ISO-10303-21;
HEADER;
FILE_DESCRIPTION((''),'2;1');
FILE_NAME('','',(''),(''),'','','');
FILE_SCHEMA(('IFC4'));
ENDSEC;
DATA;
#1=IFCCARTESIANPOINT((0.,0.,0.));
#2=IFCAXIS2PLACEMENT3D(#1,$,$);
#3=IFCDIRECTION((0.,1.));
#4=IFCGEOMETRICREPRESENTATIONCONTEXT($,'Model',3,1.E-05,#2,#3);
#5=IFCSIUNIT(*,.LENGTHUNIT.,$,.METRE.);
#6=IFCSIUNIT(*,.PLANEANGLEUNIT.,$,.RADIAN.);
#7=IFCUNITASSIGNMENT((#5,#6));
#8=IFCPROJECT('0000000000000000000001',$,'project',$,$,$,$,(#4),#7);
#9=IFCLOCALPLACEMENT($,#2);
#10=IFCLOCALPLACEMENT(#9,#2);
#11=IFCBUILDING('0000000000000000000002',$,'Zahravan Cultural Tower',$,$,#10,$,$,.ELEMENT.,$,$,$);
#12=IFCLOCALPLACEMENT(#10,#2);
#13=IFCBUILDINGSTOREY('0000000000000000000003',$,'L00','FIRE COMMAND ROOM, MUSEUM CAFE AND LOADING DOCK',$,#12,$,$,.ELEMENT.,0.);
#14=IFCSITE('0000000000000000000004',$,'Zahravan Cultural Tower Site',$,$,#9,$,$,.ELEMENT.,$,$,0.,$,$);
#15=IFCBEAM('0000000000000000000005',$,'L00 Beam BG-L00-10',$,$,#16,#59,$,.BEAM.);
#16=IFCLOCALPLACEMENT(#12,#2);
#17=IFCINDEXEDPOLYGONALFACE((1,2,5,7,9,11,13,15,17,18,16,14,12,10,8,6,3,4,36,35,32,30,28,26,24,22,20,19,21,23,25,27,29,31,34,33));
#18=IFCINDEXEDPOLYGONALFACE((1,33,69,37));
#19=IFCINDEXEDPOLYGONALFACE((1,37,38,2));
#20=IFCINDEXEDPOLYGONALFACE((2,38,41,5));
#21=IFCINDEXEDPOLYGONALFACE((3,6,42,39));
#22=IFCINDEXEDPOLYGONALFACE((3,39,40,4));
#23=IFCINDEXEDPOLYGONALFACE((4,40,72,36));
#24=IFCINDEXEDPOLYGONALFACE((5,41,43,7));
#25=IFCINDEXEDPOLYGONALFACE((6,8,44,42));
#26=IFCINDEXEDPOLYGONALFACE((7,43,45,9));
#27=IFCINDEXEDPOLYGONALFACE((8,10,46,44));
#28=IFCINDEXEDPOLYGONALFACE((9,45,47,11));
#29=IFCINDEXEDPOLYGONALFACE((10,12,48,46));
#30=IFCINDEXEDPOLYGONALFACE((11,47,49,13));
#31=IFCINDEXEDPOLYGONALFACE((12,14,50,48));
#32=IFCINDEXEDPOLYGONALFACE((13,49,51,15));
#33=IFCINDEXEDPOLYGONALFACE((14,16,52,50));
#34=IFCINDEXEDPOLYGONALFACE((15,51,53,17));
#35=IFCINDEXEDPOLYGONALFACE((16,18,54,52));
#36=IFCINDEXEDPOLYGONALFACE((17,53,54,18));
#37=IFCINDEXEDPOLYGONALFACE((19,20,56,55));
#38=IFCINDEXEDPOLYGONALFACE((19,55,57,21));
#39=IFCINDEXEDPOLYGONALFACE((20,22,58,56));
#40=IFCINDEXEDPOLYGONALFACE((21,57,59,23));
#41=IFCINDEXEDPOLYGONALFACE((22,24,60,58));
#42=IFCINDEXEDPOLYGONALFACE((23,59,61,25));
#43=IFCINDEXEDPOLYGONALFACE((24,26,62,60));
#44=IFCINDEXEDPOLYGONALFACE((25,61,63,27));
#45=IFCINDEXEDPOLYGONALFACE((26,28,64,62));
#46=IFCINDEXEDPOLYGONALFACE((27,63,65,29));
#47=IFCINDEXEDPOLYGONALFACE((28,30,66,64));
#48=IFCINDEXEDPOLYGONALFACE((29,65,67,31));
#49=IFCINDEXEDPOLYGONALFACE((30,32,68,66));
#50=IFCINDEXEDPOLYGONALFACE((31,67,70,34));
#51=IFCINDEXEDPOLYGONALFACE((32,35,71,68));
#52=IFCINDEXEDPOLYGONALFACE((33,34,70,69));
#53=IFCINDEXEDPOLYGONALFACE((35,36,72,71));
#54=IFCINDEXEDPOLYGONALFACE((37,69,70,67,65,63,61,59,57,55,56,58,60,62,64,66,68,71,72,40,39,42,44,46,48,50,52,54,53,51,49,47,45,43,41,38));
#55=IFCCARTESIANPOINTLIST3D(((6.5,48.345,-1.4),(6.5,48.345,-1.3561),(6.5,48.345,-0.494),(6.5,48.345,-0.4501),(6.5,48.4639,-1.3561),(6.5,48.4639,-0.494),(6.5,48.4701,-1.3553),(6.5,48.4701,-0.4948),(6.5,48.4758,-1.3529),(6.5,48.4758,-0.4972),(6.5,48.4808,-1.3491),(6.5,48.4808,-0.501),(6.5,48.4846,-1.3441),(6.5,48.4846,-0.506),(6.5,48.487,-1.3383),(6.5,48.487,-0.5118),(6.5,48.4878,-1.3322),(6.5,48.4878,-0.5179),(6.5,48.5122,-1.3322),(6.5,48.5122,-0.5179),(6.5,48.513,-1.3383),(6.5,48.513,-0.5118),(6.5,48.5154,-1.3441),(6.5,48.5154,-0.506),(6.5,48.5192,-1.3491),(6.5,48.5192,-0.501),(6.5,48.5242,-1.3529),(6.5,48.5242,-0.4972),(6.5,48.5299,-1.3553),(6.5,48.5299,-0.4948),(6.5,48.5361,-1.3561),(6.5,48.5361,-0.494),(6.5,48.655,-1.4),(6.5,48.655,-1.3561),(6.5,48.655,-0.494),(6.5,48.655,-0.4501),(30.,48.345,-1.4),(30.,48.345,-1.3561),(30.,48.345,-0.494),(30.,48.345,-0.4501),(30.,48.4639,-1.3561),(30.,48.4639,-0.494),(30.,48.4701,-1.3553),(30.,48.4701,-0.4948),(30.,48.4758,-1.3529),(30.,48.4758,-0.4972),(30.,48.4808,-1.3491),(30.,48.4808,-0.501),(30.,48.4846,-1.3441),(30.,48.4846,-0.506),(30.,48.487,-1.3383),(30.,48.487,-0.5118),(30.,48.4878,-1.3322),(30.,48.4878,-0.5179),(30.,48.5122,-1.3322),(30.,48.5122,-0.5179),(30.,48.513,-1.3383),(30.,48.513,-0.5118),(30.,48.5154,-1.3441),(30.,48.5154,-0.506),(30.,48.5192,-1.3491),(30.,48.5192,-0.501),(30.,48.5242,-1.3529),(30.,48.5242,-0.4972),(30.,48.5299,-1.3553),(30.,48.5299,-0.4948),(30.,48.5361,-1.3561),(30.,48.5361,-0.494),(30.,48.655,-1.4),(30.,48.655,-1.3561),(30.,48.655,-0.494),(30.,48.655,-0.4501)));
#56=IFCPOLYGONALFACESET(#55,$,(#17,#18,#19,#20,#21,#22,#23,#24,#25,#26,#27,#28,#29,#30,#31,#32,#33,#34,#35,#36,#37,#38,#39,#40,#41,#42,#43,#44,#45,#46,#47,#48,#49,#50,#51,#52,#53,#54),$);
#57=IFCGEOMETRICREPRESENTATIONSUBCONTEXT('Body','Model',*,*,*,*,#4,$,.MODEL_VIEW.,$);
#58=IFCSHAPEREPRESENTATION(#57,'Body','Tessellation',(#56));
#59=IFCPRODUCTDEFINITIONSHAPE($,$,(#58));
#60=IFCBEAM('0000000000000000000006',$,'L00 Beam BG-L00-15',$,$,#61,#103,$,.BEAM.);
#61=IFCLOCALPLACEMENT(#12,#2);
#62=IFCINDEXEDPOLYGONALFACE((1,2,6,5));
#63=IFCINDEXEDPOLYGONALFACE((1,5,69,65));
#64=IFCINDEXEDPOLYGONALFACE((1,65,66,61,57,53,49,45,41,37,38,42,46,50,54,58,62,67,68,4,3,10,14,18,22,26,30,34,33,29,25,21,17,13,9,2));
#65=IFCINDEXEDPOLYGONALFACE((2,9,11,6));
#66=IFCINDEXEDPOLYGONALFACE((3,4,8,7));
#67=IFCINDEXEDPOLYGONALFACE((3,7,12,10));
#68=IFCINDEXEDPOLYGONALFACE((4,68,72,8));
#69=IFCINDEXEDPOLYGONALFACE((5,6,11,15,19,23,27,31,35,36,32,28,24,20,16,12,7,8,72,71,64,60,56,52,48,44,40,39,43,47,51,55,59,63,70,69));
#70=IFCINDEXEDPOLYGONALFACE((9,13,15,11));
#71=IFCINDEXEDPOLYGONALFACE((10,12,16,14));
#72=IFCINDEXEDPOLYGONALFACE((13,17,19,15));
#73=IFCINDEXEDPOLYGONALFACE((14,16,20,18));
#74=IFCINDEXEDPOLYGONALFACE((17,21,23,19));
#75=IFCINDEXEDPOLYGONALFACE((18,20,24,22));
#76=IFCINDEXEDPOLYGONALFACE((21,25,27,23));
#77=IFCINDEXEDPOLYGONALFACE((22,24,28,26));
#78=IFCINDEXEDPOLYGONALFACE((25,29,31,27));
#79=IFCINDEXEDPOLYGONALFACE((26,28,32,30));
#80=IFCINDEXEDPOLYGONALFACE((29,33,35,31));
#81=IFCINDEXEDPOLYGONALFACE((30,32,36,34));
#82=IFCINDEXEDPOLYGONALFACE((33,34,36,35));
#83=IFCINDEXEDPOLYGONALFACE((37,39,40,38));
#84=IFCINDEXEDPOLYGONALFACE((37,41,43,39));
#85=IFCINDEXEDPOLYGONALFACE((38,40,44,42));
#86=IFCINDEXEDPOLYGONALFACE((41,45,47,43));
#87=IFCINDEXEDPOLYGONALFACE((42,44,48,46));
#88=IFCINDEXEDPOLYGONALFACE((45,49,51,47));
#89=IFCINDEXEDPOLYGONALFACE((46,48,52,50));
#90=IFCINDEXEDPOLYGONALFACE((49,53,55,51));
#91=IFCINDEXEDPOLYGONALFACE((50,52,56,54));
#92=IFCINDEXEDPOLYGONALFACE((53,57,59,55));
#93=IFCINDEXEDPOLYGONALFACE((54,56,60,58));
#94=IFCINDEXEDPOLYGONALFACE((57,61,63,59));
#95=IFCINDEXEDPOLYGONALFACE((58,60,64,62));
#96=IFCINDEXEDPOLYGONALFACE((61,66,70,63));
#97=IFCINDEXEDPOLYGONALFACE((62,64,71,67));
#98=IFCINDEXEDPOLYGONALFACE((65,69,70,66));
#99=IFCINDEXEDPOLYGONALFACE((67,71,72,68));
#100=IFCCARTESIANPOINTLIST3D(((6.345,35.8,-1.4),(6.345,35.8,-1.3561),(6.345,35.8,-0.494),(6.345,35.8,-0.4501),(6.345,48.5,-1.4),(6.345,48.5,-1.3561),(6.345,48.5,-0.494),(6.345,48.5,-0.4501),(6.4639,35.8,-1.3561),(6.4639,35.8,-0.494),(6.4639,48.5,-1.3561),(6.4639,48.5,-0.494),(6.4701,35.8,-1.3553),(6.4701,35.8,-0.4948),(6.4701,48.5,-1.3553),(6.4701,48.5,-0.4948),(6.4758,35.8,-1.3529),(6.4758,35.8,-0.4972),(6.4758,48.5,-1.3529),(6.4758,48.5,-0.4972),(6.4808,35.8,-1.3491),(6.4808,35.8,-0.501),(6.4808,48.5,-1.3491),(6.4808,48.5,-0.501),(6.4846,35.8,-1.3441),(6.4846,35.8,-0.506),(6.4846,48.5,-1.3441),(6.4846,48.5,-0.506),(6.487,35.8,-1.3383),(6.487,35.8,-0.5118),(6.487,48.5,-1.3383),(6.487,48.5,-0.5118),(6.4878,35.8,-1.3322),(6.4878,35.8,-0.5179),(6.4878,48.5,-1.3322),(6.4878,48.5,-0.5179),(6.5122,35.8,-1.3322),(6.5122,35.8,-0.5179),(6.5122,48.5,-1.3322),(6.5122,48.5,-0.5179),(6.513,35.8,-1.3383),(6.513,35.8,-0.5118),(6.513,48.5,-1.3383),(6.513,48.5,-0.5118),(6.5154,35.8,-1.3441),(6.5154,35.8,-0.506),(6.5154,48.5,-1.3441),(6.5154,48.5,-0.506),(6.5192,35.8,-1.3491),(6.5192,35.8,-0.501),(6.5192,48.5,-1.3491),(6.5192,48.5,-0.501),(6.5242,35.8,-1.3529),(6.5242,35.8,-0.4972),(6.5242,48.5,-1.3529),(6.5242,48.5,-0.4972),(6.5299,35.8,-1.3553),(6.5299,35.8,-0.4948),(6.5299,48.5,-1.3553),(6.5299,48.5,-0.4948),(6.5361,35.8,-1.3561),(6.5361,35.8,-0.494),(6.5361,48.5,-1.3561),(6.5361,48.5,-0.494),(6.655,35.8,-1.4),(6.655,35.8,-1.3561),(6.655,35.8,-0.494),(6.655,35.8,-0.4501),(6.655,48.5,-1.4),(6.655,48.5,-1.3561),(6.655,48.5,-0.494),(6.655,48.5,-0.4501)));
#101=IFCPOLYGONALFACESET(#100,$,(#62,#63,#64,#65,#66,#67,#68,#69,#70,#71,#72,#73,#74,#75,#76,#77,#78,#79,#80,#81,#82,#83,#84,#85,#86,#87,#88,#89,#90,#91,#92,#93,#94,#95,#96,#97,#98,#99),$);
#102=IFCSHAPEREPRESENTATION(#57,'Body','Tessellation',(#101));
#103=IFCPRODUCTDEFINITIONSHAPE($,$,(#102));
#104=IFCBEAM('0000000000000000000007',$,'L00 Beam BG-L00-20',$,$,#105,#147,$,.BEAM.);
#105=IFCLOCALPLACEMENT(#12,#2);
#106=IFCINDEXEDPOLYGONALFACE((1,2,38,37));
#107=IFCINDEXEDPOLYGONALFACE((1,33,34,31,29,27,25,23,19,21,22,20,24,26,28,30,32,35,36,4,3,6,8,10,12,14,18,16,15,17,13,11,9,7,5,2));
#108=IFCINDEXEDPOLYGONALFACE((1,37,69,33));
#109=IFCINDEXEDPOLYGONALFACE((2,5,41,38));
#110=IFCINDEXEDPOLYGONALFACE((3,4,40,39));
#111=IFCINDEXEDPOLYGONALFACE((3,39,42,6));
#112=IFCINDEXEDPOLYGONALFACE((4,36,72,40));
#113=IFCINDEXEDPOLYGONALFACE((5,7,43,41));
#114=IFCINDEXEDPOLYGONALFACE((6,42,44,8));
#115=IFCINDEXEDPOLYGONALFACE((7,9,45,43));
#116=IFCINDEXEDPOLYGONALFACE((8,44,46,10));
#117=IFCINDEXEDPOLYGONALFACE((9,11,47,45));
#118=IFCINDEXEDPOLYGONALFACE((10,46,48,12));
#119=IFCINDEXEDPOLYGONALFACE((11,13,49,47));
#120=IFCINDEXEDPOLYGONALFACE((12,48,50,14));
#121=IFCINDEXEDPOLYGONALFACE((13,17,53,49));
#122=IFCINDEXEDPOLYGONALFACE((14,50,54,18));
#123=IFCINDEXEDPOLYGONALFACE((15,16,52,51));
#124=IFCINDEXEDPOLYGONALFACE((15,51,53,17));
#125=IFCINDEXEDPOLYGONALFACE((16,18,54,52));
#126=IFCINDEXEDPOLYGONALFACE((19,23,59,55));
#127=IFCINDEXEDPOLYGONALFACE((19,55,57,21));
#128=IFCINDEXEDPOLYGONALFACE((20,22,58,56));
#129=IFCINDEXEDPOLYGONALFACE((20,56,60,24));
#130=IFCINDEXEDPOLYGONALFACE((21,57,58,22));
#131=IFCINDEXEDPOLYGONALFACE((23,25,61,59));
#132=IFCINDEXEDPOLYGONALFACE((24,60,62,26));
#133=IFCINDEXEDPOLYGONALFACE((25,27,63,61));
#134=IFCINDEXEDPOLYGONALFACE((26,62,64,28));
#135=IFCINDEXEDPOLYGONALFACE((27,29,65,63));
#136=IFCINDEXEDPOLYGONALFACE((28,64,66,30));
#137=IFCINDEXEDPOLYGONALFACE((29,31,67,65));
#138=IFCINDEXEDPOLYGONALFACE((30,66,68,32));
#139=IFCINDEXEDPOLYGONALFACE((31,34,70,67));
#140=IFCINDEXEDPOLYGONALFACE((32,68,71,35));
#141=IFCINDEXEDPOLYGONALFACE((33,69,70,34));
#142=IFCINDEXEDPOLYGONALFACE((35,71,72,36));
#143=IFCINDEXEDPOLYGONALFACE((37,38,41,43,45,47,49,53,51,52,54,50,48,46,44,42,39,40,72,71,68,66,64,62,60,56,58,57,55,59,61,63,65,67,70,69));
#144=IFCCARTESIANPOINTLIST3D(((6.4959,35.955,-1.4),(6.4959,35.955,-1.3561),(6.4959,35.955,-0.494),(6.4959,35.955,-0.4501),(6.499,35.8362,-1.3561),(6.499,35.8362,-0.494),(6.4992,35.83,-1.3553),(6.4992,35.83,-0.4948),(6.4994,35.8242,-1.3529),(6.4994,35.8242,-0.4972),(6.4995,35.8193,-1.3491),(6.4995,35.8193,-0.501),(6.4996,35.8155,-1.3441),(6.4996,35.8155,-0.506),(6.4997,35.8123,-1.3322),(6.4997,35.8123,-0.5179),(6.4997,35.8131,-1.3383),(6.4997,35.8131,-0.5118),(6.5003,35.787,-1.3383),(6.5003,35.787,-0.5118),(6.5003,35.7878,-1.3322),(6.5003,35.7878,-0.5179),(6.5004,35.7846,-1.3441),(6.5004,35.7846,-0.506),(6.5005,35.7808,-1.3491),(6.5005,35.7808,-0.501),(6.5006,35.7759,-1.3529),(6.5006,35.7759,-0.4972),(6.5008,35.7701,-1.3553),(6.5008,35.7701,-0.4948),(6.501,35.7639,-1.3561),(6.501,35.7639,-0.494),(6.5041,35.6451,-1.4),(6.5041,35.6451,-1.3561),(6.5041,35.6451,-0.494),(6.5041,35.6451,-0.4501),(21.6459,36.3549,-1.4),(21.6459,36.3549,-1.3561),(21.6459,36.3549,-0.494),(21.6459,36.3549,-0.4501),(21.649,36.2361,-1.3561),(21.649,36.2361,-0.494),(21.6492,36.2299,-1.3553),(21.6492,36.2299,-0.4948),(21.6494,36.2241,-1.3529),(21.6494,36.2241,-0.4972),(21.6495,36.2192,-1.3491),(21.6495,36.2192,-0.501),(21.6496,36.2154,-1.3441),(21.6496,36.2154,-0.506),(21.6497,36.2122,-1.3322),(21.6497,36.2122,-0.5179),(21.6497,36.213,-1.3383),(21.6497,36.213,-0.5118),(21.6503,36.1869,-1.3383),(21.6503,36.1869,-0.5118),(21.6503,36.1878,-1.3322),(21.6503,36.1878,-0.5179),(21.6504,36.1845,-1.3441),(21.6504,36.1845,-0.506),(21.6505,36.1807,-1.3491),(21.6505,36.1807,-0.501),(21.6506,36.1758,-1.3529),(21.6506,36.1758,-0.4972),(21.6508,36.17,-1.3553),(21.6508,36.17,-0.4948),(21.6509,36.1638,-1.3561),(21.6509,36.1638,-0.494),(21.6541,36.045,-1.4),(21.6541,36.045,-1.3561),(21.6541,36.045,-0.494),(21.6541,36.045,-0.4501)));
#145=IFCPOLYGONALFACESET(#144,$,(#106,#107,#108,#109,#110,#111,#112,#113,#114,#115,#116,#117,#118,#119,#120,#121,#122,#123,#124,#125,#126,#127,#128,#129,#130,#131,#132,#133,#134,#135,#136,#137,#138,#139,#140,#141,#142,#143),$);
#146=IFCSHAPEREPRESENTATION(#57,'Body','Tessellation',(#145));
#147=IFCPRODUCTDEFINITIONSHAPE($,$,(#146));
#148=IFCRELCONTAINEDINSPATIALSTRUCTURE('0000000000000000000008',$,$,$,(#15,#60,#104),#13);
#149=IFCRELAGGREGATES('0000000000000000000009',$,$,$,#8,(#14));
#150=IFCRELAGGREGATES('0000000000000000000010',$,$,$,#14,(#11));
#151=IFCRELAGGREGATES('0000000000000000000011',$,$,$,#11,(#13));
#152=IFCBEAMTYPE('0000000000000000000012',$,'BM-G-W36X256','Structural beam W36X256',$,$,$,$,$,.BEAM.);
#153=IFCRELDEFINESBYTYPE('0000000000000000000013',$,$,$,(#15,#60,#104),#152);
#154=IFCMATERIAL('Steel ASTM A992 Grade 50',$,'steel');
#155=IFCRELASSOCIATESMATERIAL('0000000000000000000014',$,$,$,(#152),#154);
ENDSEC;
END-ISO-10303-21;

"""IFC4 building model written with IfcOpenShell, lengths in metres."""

from ifc_helpers import new_model, si_unit, direction, frame, origin, origin_2d, place, context, subcontext, project, spatial, i_section, extrude, source, transform, mapped, material, material_profile, profile_set, type_object, element, save


model = new_model("IFC4")

# Units and contexts
model_context = context("Model", 3, precision=1e-05, world=origin(), true_north=direction((0.0, 1.0)))
body_context = subcontext(model_context, "Body", "Model", "MODEL_VIEW")
ifc_project = project(units=[si_unit("LENGTHUNIT", "METRE"), si_unit("PLANEANGLEUNIT", "RADIAN")], contexts=[model_context])

# Site, building, storey
site_placement = place(None, origin())
site = spatial("IfcSite", under=ifc_project, at=site_placement, Name="Zahravan Cultural Tower Site", CompositionType="ELEMENT", RefElevation=0.0)
building_placement = place(site_placement, origin())
building = spatial("IfcBuilding", under=site, at=building_placement, Name="Zahravan Cultural Tower", CompositionType="ELEMENT")
storey_placement = place(building_placement, origin())
storey = spatial("IfcBuildingStorey", under=building, at=storey_placement, Name="L00", Description="FIRE COMMAND ROOM, MUSEUM CAFE AND LOADING DOCK", CompositionType="ELEMENT", Elevation=0.0)

# Beams
ifc_material_1 = material(Name="Steel ASTM A992 Grade 50", Category="steel")
ifc_material_profile_1 = material_profile(ifc_material_1, i_section(OverallWidth=0.3101, OverallDepth=0.95, WebThickness=0.0244, FlangeThickness=0.0439, FilletRadius=0.0239, at=origin_2d()), Name="W36X256")
ifc_profile_set_1 = profile_set([ifc_material_profile_1], Name="Steel ASTM A992 Grade 50")
beam_type_1 = type_object("IfcBeamType", Name="BM-G-W36X256", Description="Structural beam W36X256", PredefinedType="BEAM", material=ifc_profile_set_1)
shared_shape_1 = source(origin(), body_context, "Body", "SweptSolid", [
    extrude(i_section(OverallWidth=0.3101, OverallDepth=0.95, WebThickness=0.0244, FlangeThickness=0.0439, FilletRadius=0.0239, at=origin_2d()), origin(), (0.0, 0.0, 1.0), 23.5),
])
beam_1_placement = place(storey_placement, frame((6.5, 48.5, -0.925), z_axis=(1.0, 0.0, 0.0), x_axis=(0.0, 1.0, 0.0)))
element("IfcBeam", 1, at=beam_1_placement, inside=storey, type_object=beam_type_1, Name="L00 Beam BG-L00-10", PredefinedType="BEAM", context=body_context, shape_type="MappedRepresentation", body=[
    mapped(shared_shape_1, transform((0.0, 0.0, 0.0), x_axis=(1.0, 0.0, 0.0), y_axis=(0.0, 1.0, 0.0), z_axis=(0.0, 0.0, 1.0), scale=1.0)),
])
shared_shape_2 = source(origin(), body_context, "Body", "SweptSolid", [
    extrude(i_section(OverallWidth=0.3101, OverallDepth=0.95, WebThickness=0.0244, FlangeThickness=0.0439, FilletRadius=0.0239, at=origin_2d()), origin(), (0.0, 0.0, 1.0), 12.7),
])
beam_2_placement = place(storey_placement, frame((6.5, 35.8, -0.925), z_axis=(0.0, 1.0, 0.0), x_axis=(-1.0, 0.0, 0.0)))
element("IfcBeam", 2, at=beam_2_placement, inside=storey, type_object=beam_type_1, Name="L00 Beam BG-L00-15", PredefinedType="BEAM", context=body_context, shape_type="MappedRepresentation", body=[
    mapped(shared_shape_2, transform((0.0, 0.0, 0.0), x_axis=(1.0, 0.0, 0.0), y_axis=(0.0, 1.0, 0.0), z_axis=(0.0, 0.0, 1.0), scale=1.0)),
])
shared_shape_3 = source(origin(), body_context, "Body", "SweptSolid", [
    extrude(i_section(OverallWidth=0.3101, OverallDepth=0.95, WebThickness=0.0244, FlangeThickness=0.0439, FilletRadius=0.0239, at=origin_2d()), origin(), (0.0, 0.0, 1.0), 15.1553),
])
beam_3_placement = place(storey_placement, frame((6.5, 35.8, -0.925), z_axis=(0.999652, 0.026387, 0.0), x_axis=(-0.026387, 0.999652, 0.0)))
element("IfcBeam", 3, at=beam_3_placement, inside=storey, type_object=beam_type_1, Name="L00 Beam BG-L00-20", PredefinedType="BEAM", context=body_context, shape_type="MappedRepresentation", body=[
    mapped(shared_shape_3, transform((0.0, 0.0, 0.0), x_axis=(1.0, 0.0, 0.0), y_axis=(0.0, 1.0, 0.0), z_axis=(0.0, 0.0, 1.0), scale=1.0)),
])

save(model, "model.ifc")
